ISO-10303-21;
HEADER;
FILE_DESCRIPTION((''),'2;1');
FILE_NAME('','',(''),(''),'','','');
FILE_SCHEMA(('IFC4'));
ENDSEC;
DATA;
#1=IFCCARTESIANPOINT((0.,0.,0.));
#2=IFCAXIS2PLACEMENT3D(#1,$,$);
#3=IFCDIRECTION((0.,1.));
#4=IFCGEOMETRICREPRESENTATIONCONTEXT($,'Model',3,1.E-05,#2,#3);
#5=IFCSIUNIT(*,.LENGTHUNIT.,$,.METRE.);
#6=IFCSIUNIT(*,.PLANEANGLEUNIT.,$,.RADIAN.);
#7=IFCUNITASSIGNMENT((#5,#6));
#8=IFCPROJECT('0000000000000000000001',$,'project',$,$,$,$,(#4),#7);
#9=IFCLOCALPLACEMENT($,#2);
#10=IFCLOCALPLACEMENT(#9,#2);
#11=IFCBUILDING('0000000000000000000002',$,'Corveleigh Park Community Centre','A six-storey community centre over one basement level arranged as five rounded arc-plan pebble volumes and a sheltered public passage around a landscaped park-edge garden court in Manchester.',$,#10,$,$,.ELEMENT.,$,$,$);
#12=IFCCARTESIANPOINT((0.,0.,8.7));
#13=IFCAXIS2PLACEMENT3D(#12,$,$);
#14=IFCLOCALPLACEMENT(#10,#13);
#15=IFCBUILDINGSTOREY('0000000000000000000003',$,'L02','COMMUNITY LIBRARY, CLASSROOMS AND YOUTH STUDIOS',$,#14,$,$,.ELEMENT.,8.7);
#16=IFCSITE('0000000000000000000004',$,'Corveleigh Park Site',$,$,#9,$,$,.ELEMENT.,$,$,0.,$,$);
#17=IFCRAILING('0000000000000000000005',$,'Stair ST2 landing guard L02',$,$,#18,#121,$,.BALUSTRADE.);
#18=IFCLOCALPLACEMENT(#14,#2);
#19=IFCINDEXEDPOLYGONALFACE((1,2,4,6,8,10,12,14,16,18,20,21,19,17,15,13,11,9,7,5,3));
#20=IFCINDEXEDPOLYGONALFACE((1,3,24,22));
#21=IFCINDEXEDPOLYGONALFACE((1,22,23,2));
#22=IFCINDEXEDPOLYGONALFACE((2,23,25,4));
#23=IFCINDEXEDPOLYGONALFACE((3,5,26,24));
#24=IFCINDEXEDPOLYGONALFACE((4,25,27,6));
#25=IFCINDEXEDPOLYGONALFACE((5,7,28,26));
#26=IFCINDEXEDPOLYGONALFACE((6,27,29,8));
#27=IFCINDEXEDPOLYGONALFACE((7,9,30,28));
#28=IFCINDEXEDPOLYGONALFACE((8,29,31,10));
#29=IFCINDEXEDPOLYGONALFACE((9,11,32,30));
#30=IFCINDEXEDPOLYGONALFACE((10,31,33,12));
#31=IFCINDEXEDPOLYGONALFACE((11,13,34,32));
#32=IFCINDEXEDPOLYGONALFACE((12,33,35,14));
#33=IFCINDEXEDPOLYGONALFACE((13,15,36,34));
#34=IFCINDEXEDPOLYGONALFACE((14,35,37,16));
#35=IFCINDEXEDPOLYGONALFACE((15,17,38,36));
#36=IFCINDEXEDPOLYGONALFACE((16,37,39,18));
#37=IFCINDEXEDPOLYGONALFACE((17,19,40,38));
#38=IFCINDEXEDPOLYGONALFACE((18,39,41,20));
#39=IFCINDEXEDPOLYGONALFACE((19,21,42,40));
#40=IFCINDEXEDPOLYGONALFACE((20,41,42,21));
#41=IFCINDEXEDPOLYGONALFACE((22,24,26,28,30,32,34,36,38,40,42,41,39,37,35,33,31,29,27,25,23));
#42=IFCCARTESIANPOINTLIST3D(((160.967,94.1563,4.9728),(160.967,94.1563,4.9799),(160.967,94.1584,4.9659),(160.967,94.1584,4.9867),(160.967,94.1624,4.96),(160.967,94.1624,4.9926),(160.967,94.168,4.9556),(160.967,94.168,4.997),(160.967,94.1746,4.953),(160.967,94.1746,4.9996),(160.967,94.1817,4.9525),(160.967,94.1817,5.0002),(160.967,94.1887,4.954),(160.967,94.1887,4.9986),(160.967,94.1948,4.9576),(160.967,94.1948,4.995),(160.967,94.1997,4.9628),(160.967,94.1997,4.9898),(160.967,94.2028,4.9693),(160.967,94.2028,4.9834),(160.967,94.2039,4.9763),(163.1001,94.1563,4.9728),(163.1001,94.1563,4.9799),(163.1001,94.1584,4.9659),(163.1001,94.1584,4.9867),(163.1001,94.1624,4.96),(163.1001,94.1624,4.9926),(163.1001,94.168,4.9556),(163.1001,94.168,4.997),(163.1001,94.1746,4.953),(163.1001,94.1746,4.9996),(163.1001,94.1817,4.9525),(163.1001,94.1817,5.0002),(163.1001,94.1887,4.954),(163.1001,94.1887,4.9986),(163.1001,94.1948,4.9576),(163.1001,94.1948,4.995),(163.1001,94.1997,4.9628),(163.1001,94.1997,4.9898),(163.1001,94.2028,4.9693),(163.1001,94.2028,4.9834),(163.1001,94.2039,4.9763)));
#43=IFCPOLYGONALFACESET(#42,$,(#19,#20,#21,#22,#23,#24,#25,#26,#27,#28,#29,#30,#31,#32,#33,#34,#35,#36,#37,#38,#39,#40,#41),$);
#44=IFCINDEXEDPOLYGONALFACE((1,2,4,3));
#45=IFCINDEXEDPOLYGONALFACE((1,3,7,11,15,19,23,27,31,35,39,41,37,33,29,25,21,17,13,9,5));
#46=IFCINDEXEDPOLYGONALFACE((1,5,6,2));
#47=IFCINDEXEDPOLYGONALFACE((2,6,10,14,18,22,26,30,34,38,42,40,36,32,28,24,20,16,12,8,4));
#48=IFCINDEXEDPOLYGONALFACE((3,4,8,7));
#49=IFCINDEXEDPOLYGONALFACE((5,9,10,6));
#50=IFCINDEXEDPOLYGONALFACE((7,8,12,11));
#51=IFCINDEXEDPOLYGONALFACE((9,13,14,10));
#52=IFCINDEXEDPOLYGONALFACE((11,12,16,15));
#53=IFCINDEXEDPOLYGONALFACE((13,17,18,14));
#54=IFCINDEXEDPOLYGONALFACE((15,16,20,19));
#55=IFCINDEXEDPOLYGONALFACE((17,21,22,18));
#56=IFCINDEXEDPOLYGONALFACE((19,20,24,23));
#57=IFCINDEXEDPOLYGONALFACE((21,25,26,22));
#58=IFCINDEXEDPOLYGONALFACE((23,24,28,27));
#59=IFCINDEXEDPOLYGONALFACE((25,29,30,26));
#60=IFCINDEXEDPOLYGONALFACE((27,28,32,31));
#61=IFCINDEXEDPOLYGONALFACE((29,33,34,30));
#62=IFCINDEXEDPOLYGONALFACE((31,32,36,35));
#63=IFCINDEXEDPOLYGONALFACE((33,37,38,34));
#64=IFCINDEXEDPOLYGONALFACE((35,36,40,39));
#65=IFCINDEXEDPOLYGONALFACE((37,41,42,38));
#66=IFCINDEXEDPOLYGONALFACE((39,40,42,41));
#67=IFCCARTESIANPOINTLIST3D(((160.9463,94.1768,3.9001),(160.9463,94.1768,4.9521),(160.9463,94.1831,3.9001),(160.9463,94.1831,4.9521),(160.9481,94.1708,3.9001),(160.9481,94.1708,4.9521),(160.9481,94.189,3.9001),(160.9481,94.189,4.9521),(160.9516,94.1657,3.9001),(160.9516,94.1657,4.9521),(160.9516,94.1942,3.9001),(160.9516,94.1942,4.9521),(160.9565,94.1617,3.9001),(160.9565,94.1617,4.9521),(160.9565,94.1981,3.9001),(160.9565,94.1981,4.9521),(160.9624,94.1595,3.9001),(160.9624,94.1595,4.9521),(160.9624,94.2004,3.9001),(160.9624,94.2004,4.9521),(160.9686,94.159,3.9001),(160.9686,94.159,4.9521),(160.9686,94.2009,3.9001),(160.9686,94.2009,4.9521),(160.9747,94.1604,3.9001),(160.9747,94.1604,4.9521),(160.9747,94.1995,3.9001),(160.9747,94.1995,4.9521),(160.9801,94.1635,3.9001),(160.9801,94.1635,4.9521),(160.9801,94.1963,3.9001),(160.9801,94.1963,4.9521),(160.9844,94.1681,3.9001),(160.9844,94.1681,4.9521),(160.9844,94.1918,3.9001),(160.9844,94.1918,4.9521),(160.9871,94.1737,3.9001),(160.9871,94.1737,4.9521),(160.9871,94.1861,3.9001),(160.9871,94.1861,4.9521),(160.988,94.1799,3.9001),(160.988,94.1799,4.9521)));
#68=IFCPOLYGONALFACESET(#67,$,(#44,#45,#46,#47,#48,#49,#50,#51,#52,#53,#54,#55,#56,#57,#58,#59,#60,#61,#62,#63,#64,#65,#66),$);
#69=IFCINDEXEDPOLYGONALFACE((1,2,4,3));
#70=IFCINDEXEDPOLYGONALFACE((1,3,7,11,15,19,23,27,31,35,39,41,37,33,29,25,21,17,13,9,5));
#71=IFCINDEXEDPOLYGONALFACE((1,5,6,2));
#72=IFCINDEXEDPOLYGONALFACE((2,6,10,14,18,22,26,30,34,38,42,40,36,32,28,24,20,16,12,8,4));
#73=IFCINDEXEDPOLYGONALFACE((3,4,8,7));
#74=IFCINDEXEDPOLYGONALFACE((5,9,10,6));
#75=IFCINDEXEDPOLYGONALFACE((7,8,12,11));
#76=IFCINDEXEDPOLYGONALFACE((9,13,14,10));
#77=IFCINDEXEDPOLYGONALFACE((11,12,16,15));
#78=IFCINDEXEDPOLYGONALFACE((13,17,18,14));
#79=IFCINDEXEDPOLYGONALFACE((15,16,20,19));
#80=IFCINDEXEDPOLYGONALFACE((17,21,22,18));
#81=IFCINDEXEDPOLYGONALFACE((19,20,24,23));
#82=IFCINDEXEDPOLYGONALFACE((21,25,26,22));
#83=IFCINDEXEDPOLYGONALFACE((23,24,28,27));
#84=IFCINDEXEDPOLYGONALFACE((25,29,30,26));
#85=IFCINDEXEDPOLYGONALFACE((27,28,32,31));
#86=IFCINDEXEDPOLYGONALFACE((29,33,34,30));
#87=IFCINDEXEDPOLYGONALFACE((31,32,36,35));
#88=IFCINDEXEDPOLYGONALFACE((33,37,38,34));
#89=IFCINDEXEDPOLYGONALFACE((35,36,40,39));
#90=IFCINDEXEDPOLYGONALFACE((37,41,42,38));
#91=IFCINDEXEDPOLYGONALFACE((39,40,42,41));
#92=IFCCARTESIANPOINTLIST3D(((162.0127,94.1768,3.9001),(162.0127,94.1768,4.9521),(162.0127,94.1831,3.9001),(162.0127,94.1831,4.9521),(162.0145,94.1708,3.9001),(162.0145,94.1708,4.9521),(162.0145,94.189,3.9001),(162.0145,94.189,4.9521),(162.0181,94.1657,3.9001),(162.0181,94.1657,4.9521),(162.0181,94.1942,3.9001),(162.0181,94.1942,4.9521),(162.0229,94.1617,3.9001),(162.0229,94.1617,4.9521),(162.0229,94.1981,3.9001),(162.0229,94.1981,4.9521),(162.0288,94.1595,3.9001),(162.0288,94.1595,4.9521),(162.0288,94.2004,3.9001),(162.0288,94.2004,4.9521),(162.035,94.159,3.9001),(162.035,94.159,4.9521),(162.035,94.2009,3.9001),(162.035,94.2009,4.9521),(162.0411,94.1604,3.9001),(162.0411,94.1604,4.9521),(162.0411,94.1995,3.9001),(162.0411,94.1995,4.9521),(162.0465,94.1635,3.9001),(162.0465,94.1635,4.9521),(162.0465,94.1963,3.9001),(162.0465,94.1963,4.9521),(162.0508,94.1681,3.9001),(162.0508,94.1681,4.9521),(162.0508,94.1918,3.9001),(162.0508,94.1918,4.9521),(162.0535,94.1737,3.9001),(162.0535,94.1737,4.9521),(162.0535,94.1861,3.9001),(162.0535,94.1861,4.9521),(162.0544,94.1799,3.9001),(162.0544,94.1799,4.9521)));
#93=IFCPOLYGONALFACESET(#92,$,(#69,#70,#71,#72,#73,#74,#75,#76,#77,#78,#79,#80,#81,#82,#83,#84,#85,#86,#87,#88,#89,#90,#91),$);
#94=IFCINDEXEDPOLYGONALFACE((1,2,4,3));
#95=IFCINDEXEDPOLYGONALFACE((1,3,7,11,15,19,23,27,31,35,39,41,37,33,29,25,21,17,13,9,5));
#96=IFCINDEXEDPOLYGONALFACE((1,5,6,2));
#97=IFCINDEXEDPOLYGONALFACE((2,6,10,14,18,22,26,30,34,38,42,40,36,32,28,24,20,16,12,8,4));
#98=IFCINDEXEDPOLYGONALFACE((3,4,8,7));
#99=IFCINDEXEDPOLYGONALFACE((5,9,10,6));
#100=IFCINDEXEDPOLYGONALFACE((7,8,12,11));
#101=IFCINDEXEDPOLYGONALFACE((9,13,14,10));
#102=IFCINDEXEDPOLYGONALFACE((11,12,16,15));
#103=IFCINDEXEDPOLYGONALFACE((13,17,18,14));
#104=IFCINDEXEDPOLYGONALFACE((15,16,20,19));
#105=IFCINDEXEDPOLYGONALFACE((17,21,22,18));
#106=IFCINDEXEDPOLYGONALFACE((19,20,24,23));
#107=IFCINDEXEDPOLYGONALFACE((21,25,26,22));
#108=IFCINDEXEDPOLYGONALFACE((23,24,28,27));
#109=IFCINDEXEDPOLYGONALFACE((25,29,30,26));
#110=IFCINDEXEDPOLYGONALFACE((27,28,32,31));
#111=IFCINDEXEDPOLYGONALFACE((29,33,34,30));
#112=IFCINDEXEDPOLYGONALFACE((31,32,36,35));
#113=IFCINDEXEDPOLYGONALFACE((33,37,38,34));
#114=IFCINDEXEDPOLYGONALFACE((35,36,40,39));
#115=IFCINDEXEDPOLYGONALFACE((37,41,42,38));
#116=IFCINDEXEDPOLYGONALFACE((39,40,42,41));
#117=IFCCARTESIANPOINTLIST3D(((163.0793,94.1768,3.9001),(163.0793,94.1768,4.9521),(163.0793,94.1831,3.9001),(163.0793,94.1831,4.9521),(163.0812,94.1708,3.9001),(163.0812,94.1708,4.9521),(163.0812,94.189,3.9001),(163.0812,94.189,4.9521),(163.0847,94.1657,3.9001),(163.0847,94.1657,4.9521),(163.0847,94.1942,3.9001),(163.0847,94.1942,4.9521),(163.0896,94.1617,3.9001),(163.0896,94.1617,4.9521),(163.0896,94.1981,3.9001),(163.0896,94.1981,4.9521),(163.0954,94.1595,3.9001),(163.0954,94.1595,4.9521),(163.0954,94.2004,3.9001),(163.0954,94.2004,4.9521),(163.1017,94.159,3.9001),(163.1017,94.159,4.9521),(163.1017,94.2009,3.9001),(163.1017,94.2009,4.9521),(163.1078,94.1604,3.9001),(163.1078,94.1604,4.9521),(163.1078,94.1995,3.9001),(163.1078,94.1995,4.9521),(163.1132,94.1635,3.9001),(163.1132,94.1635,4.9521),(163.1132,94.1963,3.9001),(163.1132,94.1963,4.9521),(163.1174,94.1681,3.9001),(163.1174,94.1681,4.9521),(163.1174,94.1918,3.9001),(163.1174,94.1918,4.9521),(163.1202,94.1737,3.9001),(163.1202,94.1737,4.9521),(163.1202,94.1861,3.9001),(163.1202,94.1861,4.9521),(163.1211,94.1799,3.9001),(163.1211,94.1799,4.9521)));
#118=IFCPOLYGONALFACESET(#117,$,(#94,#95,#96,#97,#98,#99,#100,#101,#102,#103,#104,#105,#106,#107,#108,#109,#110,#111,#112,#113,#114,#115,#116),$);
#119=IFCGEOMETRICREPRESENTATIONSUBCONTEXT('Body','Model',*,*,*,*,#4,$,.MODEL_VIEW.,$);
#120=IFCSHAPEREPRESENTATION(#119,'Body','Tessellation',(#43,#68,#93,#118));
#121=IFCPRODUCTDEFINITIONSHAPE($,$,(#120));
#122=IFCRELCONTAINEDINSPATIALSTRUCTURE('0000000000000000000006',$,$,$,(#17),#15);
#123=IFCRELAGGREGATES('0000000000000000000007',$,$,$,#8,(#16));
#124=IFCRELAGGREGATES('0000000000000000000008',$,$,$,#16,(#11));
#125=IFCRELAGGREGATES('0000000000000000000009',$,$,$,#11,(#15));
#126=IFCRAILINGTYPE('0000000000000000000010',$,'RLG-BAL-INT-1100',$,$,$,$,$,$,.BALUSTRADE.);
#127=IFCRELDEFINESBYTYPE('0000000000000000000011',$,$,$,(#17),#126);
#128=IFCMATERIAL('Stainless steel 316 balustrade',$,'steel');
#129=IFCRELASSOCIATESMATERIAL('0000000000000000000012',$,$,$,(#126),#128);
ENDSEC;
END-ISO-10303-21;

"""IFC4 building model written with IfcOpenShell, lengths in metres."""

from ifc_helpers import new_model, si_unit, direction, frame, origin, origin_2d, place, context, subcontext, project, spatial, circle, extrude, material, type_object, element, save


model = new_model("IFC4")

# Units and contexts
model_context = context("Model", 3, precision=1e-05, world=origin(), true_north=direction((0.0, 1.0)))
body_context = subcontext(model_context, "Body", "Model", "MODEL_VIEW")
ifc_project = project(units=[si_unit("LENGTHUNIT", "METRE"), si_unit("PLANEANGLEUNIT", "RADIAN")], contexts=[model_context])

# Site, building, storey
site_placement = place(None, origin())
site = spatial("IfcSite", under=ifc_project, at=site_placement, Name="Corveleigh Park Site", CompositionType="ELEMENT", RefElevation=0.0)
building_placement = place(site_placement, origin())
building = spatial("IfcBuilding", under=site, at=building_placement, Name="Corveleigh Park Community Centre", Description="A six-storey community centre over one basement level arranged as five rounded arc-plan pebble volumes and a sheltered public passage around a landscaped park-edge garden court in Manchester.", CompositionType="ELEMENT")
storey_placement = place(building_placement, frame((0.0, 0.0, 8.7)))
storey = spatial("IfcBuildingStorey", under=building, at=storey_placement, Name="L02", Description="COMMUNITY LIBRARY, CLASSROOMS AND YOUTH STUDIOS", CompositionType="ELEMENT", Elevation=8.7)

# Railing
ifc_material_1 = material(Name="Stainless steel 316 balustrade", Category="steel")
railing_type = type_object("IfcRailingType", Name="RLG-BAL-INT-1100", PredefinedType="BALUSTRADE", material=ifc_material_1)
railing_1_placement = place(storey_placement, frame((160.967, 94.1799, 3.9001)))
element("IfcRailing", 1, at=railing_1_placement, inside=storey, type_object=railing_type, Name="Stair ST2 landing guard L02", PredefinedType="BALUSTRADE", context=body_context, shape_type="SweptSolid", body=[
    extrude(circle(Radius=0.0239, at=origin_2d()), frame((0.0, 0.0, 1.0762), z_axis=(1.0, 0.0, 0.0), x_axis=(0.0, 1.0, 0.0)), (0.0, 0.0, 1.0), 2.1331),
    extrude(circle(Radius=0.021, at=origin_2d()), origin(), (0.0, 0.0, 1.0), 1.052),
    extrude(circle(Radius=0.021, at=origin_2d()), frame((1.0664, 0.0, 0.0)), (0.0, 0.0, 1.0), 1.052),
    extrude(circle(Radius=0.021, at=origin_2d()), frame((2.1331, 0.0, 0.0)), (0.0, 0.0, 1.0), 1.052),
])

save(model, "model.ifc")
